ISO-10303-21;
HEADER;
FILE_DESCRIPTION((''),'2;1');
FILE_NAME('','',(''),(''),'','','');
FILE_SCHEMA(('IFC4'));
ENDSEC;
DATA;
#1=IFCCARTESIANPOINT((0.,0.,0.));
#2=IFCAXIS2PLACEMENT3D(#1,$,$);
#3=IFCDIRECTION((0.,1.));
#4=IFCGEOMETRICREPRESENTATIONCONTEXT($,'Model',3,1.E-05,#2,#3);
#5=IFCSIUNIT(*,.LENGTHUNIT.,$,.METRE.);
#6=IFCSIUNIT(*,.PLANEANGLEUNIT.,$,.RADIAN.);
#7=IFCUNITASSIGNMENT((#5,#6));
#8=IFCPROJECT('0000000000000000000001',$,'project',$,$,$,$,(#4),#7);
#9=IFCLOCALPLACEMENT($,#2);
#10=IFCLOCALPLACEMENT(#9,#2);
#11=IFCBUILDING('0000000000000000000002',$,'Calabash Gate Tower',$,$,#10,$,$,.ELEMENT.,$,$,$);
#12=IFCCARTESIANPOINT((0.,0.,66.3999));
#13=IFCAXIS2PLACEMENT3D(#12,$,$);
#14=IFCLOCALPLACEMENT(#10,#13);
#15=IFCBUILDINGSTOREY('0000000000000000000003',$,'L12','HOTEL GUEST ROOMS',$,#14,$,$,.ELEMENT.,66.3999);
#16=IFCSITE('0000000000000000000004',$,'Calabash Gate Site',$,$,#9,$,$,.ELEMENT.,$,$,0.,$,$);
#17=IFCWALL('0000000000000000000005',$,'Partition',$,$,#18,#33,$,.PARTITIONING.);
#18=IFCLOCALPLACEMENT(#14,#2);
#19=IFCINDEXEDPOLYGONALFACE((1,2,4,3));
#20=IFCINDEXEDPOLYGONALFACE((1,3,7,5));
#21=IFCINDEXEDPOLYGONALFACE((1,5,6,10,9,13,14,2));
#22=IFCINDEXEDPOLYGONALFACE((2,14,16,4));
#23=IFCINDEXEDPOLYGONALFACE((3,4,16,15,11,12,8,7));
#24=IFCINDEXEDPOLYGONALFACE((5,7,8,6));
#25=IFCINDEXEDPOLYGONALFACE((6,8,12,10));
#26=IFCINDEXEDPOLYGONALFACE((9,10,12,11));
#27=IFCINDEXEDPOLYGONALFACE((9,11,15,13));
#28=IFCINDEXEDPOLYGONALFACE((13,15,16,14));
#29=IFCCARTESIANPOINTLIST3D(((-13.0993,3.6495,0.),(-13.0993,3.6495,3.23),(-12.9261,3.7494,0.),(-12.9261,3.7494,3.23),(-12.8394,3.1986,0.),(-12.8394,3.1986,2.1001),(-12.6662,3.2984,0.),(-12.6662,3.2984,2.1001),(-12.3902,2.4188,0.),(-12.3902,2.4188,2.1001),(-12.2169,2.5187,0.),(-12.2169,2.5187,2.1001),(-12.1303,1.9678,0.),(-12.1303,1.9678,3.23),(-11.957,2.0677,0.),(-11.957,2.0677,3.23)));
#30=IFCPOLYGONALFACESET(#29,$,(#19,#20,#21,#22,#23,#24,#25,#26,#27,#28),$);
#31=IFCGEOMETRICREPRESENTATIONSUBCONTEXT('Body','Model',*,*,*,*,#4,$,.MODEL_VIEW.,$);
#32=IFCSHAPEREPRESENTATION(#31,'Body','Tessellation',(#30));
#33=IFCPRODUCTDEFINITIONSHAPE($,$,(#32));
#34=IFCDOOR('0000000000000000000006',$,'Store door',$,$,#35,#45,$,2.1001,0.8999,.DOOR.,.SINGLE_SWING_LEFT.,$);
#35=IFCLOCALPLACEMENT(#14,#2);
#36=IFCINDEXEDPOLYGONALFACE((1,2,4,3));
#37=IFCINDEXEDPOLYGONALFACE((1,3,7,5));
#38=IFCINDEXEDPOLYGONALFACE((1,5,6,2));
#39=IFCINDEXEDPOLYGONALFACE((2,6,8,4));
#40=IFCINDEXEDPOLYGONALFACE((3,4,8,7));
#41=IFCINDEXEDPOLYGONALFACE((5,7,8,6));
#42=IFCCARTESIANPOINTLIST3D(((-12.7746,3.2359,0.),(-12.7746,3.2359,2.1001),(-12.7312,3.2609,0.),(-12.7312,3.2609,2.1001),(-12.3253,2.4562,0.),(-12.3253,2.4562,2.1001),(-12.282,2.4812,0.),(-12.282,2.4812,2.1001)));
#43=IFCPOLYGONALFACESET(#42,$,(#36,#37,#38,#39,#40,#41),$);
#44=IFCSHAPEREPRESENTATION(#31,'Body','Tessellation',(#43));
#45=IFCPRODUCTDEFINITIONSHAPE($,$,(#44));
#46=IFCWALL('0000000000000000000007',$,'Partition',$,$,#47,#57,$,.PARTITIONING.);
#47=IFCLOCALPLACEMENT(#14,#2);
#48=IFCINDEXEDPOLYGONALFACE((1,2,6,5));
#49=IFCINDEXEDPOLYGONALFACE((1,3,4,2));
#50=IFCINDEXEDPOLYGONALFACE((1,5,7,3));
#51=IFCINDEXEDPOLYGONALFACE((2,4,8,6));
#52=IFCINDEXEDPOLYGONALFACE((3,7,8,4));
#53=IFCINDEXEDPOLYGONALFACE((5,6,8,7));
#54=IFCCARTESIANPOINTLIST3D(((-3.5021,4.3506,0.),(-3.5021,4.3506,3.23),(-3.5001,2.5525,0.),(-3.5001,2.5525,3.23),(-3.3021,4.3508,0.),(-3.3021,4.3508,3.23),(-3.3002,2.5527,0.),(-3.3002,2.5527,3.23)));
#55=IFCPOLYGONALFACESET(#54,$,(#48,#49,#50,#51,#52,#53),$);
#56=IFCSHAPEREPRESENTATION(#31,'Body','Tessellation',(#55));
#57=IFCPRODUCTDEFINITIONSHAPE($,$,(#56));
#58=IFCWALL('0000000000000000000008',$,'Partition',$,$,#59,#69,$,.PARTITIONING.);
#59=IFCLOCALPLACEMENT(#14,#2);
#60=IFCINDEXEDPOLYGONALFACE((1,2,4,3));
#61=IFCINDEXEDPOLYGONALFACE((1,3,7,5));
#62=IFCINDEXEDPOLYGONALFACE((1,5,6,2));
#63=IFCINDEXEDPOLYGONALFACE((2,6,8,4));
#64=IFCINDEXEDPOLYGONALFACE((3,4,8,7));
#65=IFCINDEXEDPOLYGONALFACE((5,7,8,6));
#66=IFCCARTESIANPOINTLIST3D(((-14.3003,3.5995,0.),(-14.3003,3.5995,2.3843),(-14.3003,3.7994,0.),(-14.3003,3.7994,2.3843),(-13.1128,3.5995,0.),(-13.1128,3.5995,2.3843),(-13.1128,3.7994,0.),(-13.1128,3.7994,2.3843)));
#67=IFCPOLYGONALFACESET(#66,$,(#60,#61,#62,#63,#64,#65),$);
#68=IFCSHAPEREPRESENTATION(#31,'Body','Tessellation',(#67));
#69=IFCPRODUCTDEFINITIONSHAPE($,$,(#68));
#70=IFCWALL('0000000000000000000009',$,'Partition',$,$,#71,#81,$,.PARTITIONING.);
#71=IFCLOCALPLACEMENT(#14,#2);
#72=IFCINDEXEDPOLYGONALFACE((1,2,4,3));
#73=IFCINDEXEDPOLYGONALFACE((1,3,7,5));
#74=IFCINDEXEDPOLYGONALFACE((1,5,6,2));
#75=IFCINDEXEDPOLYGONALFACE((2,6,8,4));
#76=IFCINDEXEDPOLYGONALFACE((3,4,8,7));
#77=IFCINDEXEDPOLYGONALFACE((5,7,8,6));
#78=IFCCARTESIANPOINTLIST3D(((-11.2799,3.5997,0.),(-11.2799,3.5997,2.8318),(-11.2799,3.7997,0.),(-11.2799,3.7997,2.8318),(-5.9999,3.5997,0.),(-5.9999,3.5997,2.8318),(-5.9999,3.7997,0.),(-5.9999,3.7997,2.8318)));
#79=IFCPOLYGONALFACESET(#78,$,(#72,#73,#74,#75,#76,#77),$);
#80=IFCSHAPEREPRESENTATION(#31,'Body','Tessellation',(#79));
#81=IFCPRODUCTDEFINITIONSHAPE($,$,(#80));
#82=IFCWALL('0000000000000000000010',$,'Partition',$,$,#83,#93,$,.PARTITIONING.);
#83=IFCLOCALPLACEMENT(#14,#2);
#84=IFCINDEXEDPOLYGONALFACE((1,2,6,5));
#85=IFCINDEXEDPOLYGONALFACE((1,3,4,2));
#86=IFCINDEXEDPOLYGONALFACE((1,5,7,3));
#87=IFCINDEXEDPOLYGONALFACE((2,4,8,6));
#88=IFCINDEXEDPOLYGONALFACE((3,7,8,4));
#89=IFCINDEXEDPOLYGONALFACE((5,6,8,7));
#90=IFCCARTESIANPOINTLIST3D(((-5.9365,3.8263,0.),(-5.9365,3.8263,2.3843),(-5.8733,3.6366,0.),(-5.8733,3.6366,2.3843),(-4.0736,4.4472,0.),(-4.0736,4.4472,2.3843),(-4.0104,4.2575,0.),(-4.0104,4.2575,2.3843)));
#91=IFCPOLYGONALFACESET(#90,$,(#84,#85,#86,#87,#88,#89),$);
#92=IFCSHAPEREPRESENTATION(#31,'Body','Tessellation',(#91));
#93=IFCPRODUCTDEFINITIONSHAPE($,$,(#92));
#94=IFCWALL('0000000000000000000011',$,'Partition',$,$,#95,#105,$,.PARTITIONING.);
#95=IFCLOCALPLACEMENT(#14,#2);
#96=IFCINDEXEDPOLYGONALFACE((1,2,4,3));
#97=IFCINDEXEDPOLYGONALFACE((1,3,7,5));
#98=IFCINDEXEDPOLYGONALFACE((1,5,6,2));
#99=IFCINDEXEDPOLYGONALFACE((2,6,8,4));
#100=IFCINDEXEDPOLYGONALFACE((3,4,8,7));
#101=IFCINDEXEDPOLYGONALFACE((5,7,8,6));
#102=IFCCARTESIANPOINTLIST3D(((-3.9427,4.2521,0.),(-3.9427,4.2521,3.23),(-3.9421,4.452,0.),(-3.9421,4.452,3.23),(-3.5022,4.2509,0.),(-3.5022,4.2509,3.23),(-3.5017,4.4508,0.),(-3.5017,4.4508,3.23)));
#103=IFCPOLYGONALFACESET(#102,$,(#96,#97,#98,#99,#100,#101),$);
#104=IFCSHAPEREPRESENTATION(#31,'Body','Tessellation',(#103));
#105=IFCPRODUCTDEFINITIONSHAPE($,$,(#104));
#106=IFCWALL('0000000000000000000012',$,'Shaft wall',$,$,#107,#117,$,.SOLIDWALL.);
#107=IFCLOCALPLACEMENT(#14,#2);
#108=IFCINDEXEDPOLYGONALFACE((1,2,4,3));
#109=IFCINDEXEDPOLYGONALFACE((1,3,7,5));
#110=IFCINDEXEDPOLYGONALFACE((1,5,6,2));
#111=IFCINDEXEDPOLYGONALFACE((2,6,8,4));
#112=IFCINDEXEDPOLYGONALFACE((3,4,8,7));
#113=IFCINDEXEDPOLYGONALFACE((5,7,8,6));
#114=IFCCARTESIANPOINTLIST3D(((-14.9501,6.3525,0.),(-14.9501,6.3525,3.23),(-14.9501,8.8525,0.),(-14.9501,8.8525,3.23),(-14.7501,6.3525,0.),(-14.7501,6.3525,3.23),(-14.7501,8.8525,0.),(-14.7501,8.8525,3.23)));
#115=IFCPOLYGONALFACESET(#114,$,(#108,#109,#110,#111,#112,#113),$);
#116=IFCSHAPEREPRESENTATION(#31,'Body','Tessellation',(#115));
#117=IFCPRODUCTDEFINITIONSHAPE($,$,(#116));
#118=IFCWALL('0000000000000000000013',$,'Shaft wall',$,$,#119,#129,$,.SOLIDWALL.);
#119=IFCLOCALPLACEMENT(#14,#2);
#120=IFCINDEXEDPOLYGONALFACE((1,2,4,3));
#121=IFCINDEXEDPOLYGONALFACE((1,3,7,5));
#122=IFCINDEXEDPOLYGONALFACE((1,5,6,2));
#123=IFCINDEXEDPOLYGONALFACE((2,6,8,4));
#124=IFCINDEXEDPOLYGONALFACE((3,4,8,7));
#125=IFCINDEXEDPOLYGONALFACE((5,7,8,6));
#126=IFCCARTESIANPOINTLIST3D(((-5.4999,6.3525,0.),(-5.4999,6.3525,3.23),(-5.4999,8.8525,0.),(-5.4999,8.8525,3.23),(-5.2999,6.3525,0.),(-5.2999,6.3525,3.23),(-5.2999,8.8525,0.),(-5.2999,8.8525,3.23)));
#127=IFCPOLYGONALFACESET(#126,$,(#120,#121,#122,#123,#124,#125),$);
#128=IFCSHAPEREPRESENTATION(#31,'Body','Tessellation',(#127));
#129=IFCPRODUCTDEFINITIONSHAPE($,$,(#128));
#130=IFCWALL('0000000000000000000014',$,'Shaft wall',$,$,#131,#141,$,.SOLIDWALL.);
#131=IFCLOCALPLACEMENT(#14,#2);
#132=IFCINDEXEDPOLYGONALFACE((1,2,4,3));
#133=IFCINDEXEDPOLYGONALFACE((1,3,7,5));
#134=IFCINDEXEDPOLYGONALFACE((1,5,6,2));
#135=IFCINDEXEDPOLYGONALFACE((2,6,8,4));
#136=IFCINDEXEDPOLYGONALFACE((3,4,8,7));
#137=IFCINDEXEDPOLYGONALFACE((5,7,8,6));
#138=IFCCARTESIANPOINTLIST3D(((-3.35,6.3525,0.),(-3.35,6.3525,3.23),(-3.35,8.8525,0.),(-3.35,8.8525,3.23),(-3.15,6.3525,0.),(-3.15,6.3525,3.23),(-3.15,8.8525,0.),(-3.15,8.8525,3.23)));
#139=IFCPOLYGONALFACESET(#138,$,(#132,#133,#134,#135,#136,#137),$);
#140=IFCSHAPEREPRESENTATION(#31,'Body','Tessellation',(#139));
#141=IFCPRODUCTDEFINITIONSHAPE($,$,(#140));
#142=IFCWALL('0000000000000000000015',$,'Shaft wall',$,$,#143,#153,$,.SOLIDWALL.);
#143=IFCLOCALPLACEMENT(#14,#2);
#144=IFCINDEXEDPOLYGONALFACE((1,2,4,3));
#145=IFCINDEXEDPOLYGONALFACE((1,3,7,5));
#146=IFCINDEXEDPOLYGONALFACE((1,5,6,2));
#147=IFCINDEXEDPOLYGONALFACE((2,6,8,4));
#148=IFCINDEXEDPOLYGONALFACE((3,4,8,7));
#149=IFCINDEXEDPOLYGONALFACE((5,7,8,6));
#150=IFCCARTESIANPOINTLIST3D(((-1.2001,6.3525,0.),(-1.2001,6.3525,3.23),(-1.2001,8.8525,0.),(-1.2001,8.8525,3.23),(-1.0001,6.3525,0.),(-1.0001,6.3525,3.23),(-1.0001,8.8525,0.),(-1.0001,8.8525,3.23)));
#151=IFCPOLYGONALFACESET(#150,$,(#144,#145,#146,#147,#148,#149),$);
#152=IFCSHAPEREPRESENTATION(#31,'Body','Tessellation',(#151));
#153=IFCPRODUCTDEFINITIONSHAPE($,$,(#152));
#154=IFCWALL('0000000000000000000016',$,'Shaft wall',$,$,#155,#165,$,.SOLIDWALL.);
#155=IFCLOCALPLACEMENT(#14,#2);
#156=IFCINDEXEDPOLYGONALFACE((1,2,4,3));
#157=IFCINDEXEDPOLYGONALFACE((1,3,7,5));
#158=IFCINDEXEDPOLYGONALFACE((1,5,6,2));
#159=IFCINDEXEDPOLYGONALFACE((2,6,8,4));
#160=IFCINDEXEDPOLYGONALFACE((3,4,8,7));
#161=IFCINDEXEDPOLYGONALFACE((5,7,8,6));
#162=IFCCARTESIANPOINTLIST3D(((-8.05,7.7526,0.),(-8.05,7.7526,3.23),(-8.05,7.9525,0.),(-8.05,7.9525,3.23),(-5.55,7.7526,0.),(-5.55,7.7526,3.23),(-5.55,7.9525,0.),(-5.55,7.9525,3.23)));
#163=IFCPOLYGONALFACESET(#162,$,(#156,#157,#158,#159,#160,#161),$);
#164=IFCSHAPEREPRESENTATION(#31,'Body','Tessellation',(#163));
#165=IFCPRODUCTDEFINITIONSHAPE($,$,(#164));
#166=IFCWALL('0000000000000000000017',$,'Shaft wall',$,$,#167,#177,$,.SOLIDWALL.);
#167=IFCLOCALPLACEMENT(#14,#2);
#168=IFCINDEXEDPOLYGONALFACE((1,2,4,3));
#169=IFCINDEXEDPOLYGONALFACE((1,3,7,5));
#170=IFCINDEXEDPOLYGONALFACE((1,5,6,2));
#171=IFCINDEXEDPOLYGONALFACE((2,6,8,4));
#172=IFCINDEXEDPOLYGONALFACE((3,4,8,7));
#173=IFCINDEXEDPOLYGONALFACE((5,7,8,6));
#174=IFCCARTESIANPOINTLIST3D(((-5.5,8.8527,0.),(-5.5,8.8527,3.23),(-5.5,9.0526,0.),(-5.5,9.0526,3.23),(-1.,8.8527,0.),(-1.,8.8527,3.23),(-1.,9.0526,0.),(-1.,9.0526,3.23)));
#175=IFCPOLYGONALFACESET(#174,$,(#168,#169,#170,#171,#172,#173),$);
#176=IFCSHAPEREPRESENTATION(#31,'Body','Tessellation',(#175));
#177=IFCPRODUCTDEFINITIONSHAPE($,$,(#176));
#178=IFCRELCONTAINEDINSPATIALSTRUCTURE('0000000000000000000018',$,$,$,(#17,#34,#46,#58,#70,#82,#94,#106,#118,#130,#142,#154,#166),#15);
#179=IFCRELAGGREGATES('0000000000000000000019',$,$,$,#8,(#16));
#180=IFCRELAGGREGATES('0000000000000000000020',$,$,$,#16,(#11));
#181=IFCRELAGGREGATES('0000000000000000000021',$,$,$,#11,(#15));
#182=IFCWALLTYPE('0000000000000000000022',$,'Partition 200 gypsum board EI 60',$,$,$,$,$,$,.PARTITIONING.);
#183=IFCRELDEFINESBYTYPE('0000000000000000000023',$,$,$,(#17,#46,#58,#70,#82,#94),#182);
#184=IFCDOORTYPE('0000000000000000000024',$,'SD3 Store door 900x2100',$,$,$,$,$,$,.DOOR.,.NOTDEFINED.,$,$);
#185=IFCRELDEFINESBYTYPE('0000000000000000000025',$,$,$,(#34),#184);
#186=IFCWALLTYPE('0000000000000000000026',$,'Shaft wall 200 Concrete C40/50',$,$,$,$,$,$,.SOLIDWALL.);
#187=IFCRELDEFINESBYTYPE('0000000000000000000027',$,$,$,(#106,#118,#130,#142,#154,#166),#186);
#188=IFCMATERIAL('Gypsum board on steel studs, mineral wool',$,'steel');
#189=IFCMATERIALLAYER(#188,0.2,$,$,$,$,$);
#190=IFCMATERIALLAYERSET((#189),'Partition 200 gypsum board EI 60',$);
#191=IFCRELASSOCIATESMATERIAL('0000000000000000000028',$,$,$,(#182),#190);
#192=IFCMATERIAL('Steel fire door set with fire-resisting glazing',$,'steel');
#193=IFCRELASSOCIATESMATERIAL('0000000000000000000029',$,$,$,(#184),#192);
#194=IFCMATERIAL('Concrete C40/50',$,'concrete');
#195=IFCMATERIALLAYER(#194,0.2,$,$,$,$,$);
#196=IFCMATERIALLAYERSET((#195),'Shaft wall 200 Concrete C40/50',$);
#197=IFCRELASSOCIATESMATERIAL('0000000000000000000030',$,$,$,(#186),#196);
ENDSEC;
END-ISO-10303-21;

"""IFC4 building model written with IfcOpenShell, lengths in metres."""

from ifc_helpers import new_model, si_unit, direction, frame, frame_2d, origin, place, context, subcontext, project, spatial, rectangle, extrude, material, layer, layer_set, type_object, element, fill, save


model = new_model("IFC4")

# Units and contexts
model_context = context("Model", 3, precision=1e-05, world=origin(), true_north=direction((0.0, 1.0)))
body_context = subcontext(model_context, "Body", "Model", "MODEL_VIEW")
ifc_project = project(units=[si_unit("LENGTHUNIT", "METRE"), si_unit("PLANEANGLEUNIT", "RADIAN")], contexts=[model_context])

# Site, building, storey
site_placement = place(None, origin())
site = spatial("IfcSite", under=ifc_project, at=site_placement, Name="Calabash Gate Site", CompositionType="ELEMENT", RefElevation=0.0)
building_placement = place(site_placement, origin())
building = spatial("IfcBuilding", under=site, at=building_placement, Name="Calabash Gate Tower", CompositionType="ELEMENT")
storey_placement = place(building_placement, frame((0.0, 0.0, 66.3999)))
storey = spatial("IfcBuildingStorey", under=building, at=storey_placement, Name="L12", Description="HOTEL GUEST ROOMS", CompositionType="ELEMENT", Elevation=66.3999)

# Wall, opening, door
ifc_material_1 = material(Name="Gypsum board on steel studs, mineral wool", Category="steel")
ifc_layer_1 = layer(ifc_material_1, 0.2)
ifc_layer_set_1 = layer_set([ifc_layer_1], Name="Partition 200 gypsum board EI 60")
wall_type_1 = type_object("IfcWallType", Name="Partition 200 gypsum board EI 60", PredefinedType="PARTITIONING", material=ifc_layer_set_1)
wall_1_placement = place(storey_placement, frame((-13.0127, 3.6995, 0.0), z_axis=(0.0, 0.0, 1.0), x_axis=(0.499265, -0.866449, 0.0)))
wall_1 = element("IfcWall", 1, at=wall_1_placement, inside=storey, type_object=wall_type_1, Name="Partition", PredefinedType="PARTITIONING", context=body_context, shape_type="SweptSolid", body=[
    extrude(rectangle(XDim=1.9409, YDim=0.2, at=frame_2d((0.9705, 0.0))), origin(), (0.0, 0.0, 1.0), 3.23),
])
opening_1_placement = place(wall_1_placement, frame((0.5205, 0.0, 0.0)))
opening_1 = element("IfcOpeningElement", 2, at=opening_1_placement, cuts=wall_1, PredefinedType="OPENING", context=body_context, shape_type="SweptSolid", body=[
    extrude(rectangle(XDim=0.8999, YDim=2.1001, at=frame_2d((0.45, 1.05))), frame((0.0, 0.1099, 0.0), z_axis=(0.0, -1.0, 0.0), x_axis=(1.0, 0.0, 0.0)), (0.0, 0.0, 1.0), 0.22),
])
ifc_material_2 = material(Name="Steel fire door set with fire-resisting glazing", Category="steel")
door_type_1 = type_object("IfcDoorType", Name="SD3 Store door 900x2100", OperationType="NOTDEFINED", PredefinedType="DOOR", material=ifc_material_2)
door_1_placement = place(opening_1_placement, origin())
door_1 = element("IfcDoor", 3, at=door_1_placement, inside=storey, type_object=door_type_1, Name="Store door", OperationType="SINGLE_SWING_LEFT", OverallHeight=2.1001, OverallWidth=0.8999, PredefinedType="DOOR", context=body_context, shape_type="SweptSolid", body=[
    extrude(rectangle(XDim=0.8999, YDim=2.1001, at=frame_2d((0.45, 1.05))), frame((0.0, 0.0249, 0.0), z_axis=(0.0, -1.0, 0.0), x_axis=(1.0, 0.0, 0.0)), (0.0, 0.0, 1.0), 0.05),
])
fill(opening_1, door_1)

# Walls
wall_2_placement = place(storey_placement, frame((-3.4021, 4.3506, 0.0), z_axis=(0.0, 0.0, 1.0), x_axis=(0.001086, -0.999999, 0.0)))
element("IfcWall", 4, at=wall_2_placement, inside=storey, type_object=wall_type_1, Name="Partition", PredefinedType="PARTITIONING", context=body_context, shape_type="SweptSolid", body=[
    extrude(rectangle(XDim=1.7981, YDim=0.2, at=frame_2d((0.8989, 0.0))), origin(), (0.0, 0.0, 1.0), 3.23),
])
wall_3_placement = place(storey_placement, frame((-14.3003, 3.6995, 0.0), z_axis=(0.0, 0.0, 1.0), x_axis=(1.0, 0.0, 0.0)))
element("IfcWall", 5, at=wall_3_placement, inside=storey, type_object=wall_type_1, Name="Partition", PredefinedType="PARTITIONING", context=body_context, shape_type="SweptSolid", body=[
    extrude(rectangle(XDim=1.1875, YDim=0.2, at=frame_2d((0.5938, 0.0))), origin(), (0.0, 0.0, 1.0), 2.3843),
])
wall_4_placement = place(storey_placement, frame((-11.28, 3.6997, 0.0), z_axis=(0.0, 0.0, 1.0), x_axis=(1.0, 0.0, 0.0)))
element("IfcWall", 6, at=wall_4_placement, inside=storey, type_object=wall_type_1, Name="Partition", PredefinedType="PARTITIONING", context=body_context, shape_type="SweptSolid", body=[
    extrude(rectangle(XDim=5.28, YDim=0.2, at=frame_2d((2.6401, 0.0))), origin(), (0.0, 0.0, 1.0), 2.8318),
])
wall_5_placement = place(storey_placement, frame((-5.905, 3.7314, 0.0), z_axis=(0.0, 0.0, 1.0), x_axis=(0.948696, 0.31619, 0.0)))
element("IfcWall", 7, at=wall_5_placement, inside=storey, type_object=wall_type_1, Name="Partition", PredefinedType="PARTITIONING", context=body_context, shape_type="SweptSolid", body=[
    extrude(rectangle(XDim=1.9636, YDim=0.2, at=frame_2d((0.9819, 0.0))), origin(), (0.0, 0.0, 1.0), 2.3843),
])
wall_6_placement = place(storey_placement, frame((-3.9424, 4.3521, 0.0), z_axis=(0.0, 0.0, 1.0), x_axis=(0.999996, -0.002772, 0.0)))
element("IfcWall", 8, at=wall_6_placement, inside=storey, type_object=wall_type_1, Name="Partition", PredefinedType="PARTITIONING", context=body_context, shape_type="SweptSolid", body=[
    extrude(rectangle(XDim=0.4404, YDim=0.2, at=frame_2d((0.2202, 0.0))), origin(), (0.0, 0.0, 1.0), 3.23),
])
ifc_material_3 = material(Name="Concrete C40/50", Category="concrete")
ifc_layer_2 = layer(ifc_material_3, 0.2)
ifc_layer_set_2 = layer_set([ifc_layer_2], Name="Shaft wall 200 Concrete C40/50")
wall_type_2 = type_object("IfcWallType", Name="Shaft wall 200 Concrete C40/50", PredefinedType="SOLIDWALL", material=ifc_layer_set_2)
for number, where, z_axis, x_axis, name in (
    (9, (-14.8501, 6.3525, 0.0), (0.0, 0.0, 1.0), (0.0, 1.0, 0.0), "Shaft wall"),
    (10, (-5.3999, 6.3525, 0.0), (0.0, 0.0, 1.0), (0.0, 1.0, 0.0), "Shaft wall"),
    (11, (-3.25, 6.3525, 0.0), (0.0, 0.0, 1.0), (0.0, 1.0, 0.0), "Shaft wall"),
    (12, (-1.1001, 6.3525, 0.0), (0.0, 0.0, 1.0), (0.0, 1.0, 0.0), "Shaft wall"),
    (13, (-8.05, 7.8525, 0.0), (0.0, 0.0, 1.0), (1.0, 0.0, 0.0), "Shaft wall"),
):
    element("IfcWall", number, at=place(storey_placement, frame(where, z_axis=z_axis, x_axis=x_axis)), inside=storey, type_object=wall_type_2, Name=name, PredefinedType="SOLIDWALL", context=body_context, shape_type="SweptSolid", body=[
        extrude(rectangle(XDim=2.5, YDim=0.2, at=frame_2d((1.25, 0.0))), origin(), (0.0, 0.0, 1.0), 3.23),
    ])
wall_7_placement = place(storey_placement, frame((-5.5, 8.9526, 0.0), z_axis=(0.0, 0.0, 1.0), x_axis=(1.0, 0.0, 0.0)))
element("IfcWall", 14, at=wall_7_placement, inside=storey, type_object=wall_type_2, Name="Shaft wall", PredefinedType="SOLIDWALL", context=body_context, shape_type="SweptSolid", body=[
    extrude(rectangle(XDim=4.5, YDim=0.2, at=frame_2d((2.25, 0.0))), origin(), (0.0, 0.0, 1.0), 3.23),
])

save(model, "model.ifc")
